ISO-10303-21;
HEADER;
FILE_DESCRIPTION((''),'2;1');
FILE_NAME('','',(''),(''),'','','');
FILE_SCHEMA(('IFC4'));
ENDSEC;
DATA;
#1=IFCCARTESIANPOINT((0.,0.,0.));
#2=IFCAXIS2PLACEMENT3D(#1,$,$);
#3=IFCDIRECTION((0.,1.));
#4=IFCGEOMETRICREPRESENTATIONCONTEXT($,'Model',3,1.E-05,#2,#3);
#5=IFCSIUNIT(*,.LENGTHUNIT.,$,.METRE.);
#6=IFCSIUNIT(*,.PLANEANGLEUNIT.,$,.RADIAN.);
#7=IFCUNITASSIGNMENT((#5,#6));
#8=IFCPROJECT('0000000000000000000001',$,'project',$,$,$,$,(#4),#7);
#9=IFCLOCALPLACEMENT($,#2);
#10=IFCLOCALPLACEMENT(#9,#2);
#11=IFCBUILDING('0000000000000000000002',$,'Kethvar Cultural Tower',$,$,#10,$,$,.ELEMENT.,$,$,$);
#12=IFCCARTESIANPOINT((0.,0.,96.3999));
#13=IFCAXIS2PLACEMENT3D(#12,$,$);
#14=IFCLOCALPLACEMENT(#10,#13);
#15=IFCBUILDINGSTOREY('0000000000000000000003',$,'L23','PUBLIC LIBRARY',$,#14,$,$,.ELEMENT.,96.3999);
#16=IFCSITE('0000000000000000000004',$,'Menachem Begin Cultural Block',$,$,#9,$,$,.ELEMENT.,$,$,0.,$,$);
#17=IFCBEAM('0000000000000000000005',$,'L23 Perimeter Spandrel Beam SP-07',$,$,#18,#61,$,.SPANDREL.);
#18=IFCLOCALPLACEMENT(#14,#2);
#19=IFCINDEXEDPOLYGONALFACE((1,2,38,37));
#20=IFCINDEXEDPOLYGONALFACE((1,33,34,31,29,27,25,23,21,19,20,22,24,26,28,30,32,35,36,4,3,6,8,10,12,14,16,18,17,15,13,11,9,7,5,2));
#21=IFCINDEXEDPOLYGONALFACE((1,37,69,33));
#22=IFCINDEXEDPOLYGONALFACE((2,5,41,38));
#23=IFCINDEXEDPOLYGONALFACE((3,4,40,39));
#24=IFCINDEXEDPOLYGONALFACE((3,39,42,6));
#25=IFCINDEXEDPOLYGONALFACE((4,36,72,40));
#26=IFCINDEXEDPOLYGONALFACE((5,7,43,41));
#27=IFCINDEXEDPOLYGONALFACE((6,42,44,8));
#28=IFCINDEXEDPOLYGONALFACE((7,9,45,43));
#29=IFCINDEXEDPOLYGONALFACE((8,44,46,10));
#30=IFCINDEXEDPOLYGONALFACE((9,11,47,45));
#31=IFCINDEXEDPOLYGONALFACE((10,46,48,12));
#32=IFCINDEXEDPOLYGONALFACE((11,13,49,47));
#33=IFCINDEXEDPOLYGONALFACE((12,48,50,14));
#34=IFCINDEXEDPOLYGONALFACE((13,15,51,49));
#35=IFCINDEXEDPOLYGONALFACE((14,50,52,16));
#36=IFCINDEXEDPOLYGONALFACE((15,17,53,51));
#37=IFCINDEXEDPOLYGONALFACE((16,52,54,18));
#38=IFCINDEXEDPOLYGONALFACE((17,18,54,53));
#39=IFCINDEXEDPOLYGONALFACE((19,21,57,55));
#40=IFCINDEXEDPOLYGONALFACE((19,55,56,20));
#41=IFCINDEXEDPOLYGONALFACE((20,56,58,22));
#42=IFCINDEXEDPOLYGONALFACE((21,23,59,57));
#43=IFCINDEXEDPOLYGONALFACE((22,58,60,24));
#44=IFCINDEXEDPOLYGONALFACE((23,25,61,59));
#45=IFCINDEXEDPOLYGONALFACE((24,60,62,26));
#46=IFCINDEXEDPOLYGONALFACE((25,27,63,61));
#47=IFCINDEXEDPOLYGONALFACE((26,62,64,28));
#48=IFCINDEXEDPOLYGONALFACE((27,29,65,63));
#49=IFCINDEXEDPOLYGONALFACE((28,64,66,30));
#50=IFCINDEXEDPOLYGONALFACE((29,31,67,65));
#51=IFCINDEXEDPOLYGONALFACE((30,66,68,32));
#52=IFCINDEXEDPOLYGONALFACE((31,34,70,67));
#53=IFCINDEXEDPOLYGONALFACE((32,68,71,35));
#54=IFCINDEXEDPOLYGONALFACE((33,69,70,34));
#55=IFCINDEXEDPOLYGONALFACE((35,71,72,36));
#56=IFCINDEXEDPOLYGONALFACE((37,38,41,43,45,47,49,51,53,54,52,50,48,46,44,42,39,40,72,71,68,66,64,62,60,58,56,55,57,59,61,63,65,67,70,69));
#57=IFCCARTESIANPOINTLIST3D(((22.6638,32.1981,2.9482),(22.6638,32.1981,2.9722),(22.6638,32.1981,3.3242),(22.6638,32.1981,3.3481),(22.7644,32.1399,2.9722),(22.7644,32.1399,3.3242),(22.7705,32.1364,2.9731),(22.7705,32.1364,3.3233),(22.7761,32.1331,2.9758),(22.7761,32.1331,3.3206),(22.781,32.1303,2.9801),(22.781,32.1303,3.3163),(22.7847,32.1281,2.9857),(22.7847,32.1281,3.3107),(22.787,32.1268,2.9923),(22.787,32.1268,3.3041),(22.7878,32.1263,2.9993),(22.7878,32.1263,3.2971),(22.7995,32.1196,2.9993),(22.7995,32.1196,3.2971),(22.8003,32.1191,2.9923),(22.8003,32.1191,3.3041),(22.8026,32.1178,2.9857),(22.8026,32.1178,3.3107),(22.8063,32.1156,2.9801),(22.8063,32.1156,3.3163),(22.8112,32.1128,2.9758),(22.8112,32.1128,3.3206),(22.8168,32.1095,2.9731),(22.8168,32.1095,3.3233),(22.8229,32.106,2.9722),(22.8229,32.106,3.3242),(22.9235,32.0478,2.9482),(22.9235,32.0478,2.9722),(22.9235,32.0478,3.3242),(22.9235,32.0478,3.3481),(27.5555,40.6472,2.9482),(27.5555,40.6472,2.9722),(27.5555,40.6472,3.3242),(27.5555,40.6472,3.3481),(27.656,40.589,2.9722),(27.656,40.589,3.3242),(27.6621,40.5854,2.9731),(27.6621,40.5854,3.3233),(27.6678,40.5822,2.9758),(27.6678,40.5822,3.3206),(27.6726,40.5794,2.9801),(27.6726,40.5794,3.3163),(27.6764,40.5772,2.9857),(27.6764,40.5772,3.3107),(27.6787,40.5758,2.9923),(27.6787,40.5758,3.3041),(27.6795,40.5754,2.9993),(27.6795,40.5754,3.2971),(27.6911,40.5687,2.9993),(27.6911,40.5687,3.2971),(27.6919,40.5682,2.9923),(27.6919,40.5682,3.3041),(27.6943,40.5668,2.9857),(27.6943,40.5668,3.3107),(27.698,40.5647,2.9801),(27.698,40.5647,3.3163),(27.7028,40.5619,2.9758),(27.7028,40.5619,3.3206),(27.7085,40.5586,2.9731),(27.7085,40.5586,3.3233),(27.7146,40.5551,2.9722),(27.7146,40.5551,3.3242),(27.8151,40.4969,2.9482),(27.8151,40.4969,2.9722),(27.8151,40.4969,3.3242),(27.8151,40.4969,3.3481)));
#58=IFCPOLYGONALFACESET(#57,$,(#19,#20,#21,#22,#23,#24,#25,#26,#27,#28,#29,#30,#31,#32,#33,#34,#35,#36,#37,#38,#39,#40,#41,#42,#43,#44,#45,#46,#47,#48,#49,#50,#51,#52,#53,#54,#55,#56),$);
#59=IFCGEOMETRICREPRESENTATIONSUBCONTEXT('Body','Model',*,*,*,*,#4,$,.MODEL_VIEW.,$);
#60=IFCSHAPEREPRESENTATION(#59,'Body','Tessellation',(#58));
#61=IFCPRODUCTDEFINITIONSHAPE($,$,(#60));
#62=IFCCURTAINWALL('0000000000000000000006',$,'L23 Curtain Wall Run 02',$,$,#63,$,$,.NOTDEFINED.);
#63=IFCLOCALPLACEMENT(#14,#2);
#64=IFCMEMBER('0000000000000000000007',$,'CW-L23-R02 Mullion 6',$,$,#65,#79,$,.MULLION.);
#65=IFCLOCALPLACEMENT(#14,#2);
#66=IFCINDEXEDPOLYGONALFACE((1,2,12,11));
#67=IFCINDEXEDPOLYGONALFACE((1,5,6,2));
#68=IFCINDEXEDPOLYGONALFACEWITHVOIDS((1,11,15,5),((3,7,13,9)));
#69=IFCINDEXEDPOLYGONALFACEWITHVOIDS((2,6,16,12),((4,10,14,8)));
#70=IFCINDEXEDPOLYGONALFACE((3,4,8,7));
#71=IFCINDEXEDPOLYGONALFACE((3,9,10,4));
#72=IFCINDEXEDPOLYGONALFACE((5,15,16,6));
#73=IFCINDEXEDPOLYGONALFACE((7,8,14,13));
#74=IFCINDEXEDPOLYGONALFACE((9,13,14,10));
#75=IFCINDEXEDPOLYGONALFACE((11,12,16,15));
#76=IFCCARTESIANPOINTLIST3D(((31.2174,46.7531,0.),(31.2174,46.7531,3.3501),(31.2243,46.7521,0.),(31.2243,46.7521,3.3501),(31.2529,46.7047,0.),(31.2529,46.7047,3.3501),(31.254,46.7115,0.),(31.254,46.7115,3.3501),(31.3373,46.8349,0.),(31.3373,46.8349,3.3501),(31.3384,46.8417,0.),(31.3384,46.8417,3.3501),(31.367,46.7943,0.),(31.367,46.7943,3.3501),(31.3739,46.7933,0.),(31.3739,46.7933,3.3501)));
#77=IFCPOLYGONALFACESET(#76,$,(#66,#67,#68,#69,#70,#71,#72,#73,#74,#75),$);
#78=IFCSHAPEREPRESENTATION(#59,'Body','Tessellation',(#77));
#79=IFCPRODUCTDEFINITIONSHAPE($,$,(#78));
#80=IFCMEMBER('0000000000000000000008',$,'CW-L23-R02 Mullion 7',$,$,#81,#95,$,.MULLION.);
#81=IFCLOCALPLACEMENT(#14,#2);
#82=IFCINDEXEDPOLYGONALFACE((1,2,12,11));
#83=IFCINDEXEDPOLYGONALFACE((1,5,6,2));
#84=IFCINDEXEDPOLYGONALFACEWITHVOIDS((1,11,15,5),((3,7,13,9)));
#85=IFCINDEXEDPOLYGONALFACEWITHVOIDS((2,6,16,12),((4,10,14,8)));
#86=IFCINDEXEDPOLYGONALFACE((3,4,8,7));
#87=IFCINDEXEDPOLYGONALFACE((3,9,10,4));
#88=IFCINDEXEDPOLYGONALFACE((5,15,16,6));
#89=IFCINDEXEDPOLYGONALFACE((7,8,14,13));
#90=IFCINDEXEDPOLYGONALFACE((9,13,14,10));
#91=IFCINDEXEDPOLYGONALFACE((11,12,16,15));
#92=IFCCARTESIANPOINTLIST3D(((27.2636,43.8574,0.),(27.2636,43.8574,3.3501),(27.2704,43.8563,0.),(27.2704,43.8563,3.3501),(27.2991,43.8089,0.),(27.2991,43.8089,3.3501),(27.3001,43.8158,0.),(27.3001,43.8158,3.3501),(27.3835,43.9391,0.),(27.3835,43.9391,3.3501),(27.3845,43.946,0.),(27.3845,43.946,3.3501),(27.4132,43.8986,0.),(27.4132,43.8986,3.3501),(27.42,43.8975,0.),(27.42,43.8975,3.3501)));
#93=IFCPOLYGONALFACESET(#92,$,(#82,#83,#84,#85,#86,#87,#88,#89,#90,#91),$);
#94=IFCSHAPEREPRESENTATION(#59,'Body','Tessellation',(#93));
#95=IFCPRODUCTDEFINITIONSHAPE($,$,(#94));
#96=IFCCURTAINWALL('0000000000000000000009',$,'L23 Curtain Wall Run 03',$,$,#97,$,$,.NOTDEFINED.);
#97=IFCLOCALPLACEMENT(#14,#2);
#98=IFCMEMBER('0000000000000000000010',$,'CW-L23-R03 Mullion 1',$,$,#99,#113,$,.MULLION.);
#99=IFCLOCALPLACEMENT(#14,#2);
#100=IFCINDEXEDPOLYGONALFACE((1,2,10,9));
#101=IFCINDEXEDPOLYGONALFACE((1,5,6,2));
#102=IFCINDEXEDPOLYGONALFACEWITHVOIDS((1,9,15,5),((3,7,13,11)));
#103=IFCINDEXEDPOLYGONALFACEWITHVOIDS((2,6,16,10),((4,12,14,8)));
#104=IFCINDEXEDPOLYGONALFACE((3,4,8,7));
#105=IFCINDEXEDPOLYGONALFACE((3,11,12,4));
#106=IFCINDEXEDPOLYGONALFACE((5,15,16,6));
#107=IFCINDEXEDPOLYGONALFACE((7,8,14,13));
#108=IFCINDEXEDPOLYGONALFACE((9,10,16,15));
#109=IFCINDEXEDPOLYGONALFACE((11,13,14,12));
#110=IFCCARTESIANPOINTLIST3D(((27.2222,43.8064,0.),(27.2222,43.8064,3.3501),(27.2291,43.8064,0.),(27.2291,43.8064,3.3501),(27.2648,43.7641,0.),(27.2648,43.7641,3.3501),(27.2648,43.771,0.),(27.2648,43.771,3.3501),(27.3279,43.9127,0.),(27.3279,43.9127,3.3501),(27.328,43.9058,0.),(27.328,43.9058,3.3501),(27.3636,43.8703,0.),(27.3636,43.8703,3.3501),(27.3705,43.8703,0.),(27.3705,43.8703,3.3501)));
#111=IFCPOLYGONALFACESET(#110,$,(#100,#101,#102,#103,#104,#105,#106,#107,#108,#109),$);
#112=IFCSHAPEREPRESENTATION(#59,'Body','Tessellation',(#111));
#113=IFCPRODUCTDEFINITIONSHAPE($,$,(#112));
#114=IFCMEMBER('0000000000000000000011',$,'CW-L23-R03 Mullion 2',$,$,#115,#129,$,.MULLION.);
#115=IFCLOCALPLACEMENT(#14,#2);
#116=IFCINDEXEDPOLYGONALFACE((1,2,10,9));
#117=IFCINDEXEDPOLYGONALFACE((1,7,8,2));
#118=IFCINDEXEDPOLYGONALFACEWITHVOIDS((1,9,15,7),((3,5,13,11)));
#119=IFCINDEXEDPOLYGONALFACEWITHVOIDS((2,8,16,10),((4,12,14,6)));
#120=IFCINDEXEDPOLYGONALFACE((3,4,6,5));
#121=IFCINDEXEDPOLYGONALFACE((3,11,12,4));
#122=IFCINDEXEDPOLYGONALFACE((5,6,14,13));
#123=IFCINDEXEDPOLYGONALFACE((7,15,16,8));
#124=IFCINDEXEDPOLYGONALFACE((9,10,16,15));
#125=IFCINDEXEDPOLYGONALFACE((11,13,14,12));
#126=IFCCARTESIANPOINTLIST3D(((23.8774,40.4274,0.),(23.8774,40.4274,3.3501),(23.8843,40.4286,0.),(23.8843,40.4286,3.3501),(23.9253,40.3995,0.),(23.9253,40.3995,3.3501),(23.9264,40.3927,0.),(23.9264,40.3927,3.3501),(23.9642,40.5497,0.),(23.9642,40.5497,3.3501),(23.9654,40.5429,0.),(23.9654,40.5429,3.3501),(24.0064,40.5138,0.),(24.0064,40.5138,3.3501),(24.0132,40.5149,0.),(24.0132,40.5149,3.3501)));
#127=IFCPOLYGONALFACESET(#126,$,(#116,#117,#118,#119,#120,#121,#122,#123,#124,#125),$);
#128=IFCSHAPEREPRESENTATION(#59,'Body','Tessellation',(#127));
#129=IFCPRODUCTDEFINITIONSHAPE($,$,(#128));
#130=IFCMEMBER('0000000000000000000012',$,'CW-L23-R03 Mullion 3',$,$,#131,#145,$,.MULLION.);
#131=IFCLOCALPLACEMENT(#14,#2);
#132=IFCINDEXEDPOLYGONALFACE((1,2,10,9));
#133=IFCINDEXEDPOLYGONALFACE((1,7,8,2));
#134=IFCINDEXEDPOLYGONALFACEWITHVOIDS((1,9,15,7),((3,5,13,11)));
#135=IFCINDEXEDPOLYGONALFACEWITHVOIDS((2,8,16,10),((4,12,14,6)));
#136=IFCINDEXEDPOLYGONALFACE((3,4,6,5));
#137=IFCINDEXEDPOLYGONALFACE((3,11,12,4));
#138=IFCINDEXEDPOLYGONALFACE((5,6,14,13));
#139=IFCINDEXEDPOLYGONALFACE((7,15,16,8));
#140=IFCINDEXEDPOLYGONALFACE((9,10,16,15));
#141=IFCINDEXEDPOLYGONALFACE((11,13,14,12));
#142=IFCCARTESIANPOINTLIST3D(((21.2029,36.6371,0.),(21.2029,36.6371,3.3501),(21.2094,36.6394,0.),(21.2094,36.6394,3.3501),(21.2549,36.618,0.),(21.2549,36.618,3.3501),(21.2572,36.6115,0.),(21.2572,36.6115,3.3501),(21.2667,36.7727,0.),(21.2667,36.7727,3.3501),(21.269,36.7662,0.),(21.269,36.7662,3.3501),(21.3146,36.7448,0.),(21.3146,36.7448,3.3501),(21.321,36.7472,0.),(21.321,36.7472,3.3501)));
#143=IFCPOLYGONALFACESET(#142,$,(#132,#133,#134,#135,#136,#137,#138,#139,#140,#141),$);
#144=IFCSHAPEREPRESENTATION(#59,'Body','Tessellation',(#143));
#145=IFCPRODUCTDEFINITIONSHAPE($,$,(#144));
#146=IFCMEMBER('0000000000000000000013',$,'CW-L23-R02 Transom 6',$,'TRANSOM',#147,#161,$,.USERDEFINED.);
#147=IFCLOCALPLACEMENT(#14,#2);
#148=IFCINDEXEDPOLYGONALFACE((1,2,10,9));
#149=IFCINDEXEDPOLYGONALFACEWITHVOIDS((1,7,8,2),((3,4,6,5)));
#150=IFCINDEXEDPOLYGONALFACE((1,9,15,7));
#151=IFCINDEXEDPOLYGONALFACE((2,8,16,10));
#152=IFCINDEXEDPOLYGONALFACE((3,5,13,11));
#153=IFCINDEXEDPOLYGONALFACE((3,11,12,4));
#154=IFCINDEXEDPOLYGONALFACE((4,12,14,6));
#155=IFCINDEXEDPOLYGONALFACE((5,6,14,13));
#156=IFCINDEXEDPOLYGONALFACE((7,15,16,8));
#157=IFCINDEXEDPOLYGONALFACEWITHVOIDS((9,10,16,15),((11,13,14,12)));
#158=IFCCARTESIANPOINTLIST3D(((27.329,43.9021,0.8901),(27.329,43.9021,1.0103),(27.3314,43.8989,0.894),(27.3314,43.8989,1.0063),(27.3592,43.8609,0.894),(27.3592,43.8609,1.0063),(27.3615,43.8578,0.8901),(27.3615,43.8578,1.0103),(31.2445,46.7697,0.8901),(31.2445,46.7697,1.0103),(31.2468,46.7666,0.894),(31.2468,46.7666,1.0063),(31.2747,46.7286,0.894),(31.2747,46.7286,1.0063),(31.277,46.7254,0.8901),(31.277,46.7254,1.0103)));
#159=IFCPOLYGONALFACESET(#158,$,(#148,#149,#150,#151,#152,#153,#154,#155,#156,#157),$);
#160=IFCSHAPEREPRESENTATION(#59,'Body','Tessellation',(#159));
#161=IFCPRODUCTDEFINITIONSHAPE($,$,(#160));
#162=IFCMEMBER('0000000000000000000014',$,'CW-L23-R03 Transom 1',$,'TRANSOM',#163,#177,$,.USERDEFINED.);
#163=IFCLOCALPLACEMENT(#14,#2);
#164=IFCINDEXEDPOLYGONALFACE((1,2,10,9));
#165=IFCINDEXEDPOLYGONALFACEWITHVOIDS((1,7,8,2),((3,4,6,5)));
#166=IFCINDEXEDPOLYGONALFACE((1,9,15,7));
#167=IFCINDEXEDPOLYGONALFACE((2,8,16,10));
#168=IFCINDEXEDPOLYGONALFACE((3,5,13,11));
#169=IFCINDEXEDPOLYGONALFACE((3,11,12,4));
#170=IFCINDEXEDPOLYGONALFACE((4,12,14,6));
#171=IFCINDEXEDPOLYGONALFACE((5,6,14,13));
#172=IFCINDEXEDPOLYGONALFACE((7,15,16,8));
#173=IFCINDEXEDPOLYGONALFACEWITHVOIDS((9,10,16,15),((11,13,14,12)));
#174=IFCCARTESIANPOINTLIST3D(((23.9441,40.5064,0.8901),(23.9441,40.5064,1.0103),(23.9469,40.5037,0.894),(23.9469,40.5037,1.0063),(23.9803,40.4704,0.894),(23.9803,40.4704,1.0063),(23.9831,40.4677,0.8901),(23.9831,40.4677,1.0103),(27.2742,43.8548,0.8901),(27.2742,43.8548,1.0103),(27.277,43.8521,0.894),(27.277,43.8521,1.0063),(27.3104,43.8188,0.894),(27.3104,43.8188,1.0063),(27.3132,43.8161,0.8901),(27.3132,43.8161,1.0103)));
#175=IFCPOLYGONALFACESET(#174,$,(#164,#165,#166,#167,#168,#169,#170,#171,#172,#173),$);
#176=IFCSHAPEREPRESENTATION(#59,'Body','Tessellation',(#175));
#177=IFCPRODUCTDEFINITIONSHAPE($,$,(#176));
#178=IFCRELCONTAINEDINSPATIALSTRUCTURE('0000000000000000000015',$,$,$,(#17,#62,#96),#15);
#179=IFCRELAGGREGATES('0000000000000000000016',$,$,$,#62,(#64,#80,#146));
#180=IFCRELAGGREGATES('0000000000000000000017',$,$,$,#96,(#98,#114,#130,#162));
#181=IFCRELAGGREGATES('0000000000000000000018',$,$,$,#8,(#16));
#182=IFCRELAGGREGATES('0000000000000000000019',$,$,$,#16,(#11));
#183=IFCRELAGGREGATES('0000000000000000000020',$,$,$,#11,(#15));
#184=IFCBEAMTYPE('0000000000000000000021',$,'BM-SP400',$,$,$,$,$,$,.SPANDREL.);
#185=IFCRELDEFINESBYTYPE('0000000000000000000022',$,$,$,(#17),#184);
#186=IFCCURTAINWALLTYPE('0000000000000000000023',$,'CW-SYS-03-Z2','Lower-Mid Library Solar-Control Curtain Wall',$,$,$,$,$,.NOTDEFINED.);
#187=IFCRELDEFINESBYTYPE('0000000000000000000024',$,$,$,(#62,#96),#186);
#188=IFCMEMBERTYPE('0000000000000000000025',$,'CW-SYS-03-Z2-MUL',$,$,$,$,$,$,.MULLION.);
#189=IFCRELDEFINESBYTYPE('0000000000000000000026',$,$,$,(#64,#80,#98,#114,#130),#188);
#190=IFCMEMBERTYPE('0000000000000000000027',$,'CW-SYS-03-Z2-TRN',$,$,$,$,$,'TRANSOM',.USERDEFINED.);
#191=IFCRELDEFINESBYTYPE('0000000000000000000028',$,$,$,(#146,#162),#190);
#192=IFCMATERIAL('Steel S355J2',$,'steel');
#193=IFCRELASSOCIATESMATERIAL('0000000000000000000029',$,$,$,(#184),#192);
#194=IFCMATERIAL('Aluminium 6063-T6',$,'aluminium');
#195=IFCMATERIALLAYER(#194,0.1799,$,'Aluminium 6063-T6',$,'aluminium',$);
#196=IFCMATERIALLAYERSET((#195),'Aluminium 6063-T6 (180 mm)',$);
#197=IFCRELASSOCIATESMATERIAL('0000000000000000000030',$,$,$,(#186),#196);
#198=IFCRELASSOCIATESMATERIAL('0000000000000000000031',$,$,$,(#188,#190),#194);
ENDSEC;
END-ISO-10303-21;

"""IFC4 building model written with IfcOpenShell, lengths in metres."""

from ifc_helpers import new_model, si_unit, direction, frame, origin, origin_2d, place, context, subcontext, project, spatial, hollow_rectangle, i_section, extrude, source, transform, mapped, material, layer, layer_set, material_profile, profile_set, type_object, element, aggregate, save


model = new_model("IFC4")

# Units and contexts
model_context = context("Model", 3, precision=1e-05, world=origin(), true_north=direction((0.0, 1.0)))
body_context = subcontext(model_context, "Body", "Model", "MODEL_VIEW")
ifc_project = project(units=[si_unit("LENGTHUNIT", "METRE"), si_unit("PLANEANGLEUNIT", "RADIAN")], contexts=[model_context])

# Site, building, storey
site_placement = place(None, origin())
site = spatial("IfcSite", under=ifc_project, at=site_placement, Name="Menachem Begin Cultural Block", CompositionType="ELEMENT", RefElevation=0.0)
building_placement = place(site_placement, origin())
building = spatial("IfcBuilding", under=site, at=building_placement, Name="Kethvar Cultural Tower", CompositionType="ELEMENT")
storey_placement = place(building_placement, frame((0.0, 0.0, 96.3999)))
storey = spatial("IfcBuildingStorey", under=building, at=storey_placement, Name="L23", Description="PUBLIC LIBRARY", CompositionType="ELEMENT", Elevation=96.3999)

# Beam
ifc_material_1 = material(Name="Steel S355J2", Category="steel")
ifc_material_profile_1 = material_profile(ifc_material_1, i_section(OverallWidth=0.3, OverallDepth=0.3999, WebThickness=0.0134, FlangeThickness=0.0239, FilletRadius=0.0271, at=origin_2d()), Name="Steel S355J2 — HEB400")
ifc_profile_set_1 = profile_set([ifc_material_profile_1], Name="Steel S355J2 — HEB400")
beam_type_1 = type_object("IfcBeamType", Name="BM-SP400", PredefinedType="SPANDREL", material=ifc_profile_set_1)
shared_shape_1 = source(origin(), body_context, "Body", "SweptSolid", [
    extrude(i_section(OverallWidth=0.3, OverallDepth=0.3999, WebThickness=0.0134, FlangeThickness=0.0239, FilletRadius=0.0271, at=origin_2d()), origin(), (0.0, 0.0, 1.0), 9.7629),
])
beam_1_placement = place(storey_placement, frame((27.6853, 40.572, 3.1482), z_axis=(-0.501043, -0.865422, 0.0), x_axis=(0.865422, -0.501043, 0.0)))
element("IfcBeam", 1, at=beam_1_placement, inside=storey, type_object=beam_type_1, Name="L23 Perimeter Spandrel Beam SP-07", PredefinedType="SPANDREL", context=body_context, shape_type="MappedRepresentation", body=[
    mapped(shared_shape_1, transform((0.0, 0.0, 0.0), scale=1.0)),
])

# Curtain walls, members
ifc_material_2 = material(Name="Aluminium 6063-T6", Category="aluminium")
ifc_layer_1 = layer(ifc_material_2, 0.1799, Name="Aluminium 6063-T6", Category="aluminium")
ifc_layer_set_1 = layer_set([ifc_layer_1], Name="Aluminium 6063-T6 (180 mm)")
curtain_wall_type = type_object("IfcCurtainWallType", Name="CW-SYS-03-Z2", Description="Lower-Mid Library Solar-Control Curtain Wall", PredefinedType="NOTDEFINED", material=ifc_layer_set_1)
curtain_wall_1_placement = place(storey_placement, origin())
curtain_wall_1 = element("IfcCurtainWall", 2, at=curtain_wall_1_placement, inside=storey, type_object=curtain_wall_type, Name="L23 Curtain Wall Run 02", PredefinedType="NOTDEFINED")
ifc_material_profile_2 = material_profile(ifc_material_2, hollow_rectangle(XDim=0.0601, YDim=0.1499, WallThickness=0.0049, at=origin_2d()), Name="Aluminium 6063-T6 — RHS150x60x5")
ifc_profile_set_2 = profile_set([ifc_material_profile_2], Name="Aluminium 6063-T6 — RHS150x60x5")
member_type_1 = type_object("IfcMemberType", Name="CW-SYS-03-Z2-MUL", PredefinedType="MULLION", material=ifc_profile_set_2)
shared_shape_2 = source(origin(), body_context, "Body", "SweptSolid", [
    extrude(hollow_rectangle(XDim=0.0601, YDim=0.1499, WallThickness=0.0049, at=origin_2d()), origin(), (0.0, 0.0, 1.0), 3.3501),
])
member_1_placement = place(storey_placement, frame((31.2957, 46.7732, 0.0), z_axis=(0.0, 0.0, 1.0), x_axis=(0.590873, -0.806764, 0.0)))
member_1 = element("IfcMember", 3, at=member_1_placement, type_object=member_type_1, Name="CW-L23-R02 Mullion 6", PredefinedType="MULLION", context=body_context, shape_type="MappedRepresentation", body=[
    mapped(shared_shape_2, transform((0.0, 0.0, 0.0), scale=1.0)),
])
member_2_placement = place(storey_placement, frame((27.3418, 43.8774, 0.0), z_axis=(0.0, 0.0, 1.0), x_axis=(0.590873, -0.806764, 0.0)))
member_2 = element("IfcMember", 4, at=member_2_placement, type_object=member_type_1, Name="CW-L23-R02 Mullion 7", PredefinedType="MULLION", context=body_context, shape_type="MappedRepresentation", body=[
    mapped(shared_shape_2, transform((0.0, 0.0, 0.0), scale=1.0)),
])
curtain_wall_2_placement = place(storey_placement, origin())
curtain_wall_2 = element("IfcCurtainWall", 5, at=curtain_wall_2_placement, inside=storey, type_object=curtain_wall_type, Name="L23 Curtain Wall Run 03", PredefinedType="NOTDEFINED")
member_3_placement = place(storey_placement, frame((27.2964, 43.8384, 0.0), z_axis=(0.0, 0.0, 1.0), x_axis=(0.709042, -0.705167, 0.0)))
member_3 = element("IfcMember", 6, at=member_3_placement, type_object=member_type_1, Name="CW-L23-R03 Mullion 1", PredefinedType="MULLION", context=body_context, shape_type="MappedRepresentation", body=[
    mapped(shared_shape_2, transform((0.0, 0.0, 0.0), scale=1.0)),
])
member_4_placement = place(storey_placement, frame((23.9453, 40.4712, 0.0), z_axis=(0.0, 0.0, 1.0), x_axis=(0.815562, -0.578669, 0.0)))
member_4 = element("IfcMember", 7, at=member_4_placement, type_object=member_type_1, Name="CW-L23-R03 Mullion 2", PredefinedType="MULLION", context=body_context, shape_type="MappedRepresentation", body=[
    mapped(shared_shape_2, transform((0.0, 0.0, 0.0), scale=1.0)),
])
member_5_placement = place(storey_placement, frame((21.262, 36.6921, 0.0), z_axis=(0.0, 0.0, 1.0), x_axis=(0.904812, -0.425811, 0.0)))
member_5 = element("IfcMember", 8, at=member_5_placement, type_object=member_type_1, Name="CW-L23-R03 Mullion 3", PredefinedType="MULLION", context=body_context, shape_type="MappedRepresentation", body=[
    mapped(shared_shape_2, transform((0.0, 0.0, 0.0), scale=1.0)),
])

# Members
ifc_material_profile_3 = material_profile(ifc_material_2, hollow_rectangle(XDim=0.0549, YDim=0.1201, WallThickness=0.0039, at=origin_2d()), Name="Aluminium 6063-T6 — RHS120x55x4")
ifc_profile_set_3 = profile_set([ifc_material_profile_3], Name="Aluminium 6063-T6 — RHS120x55x4")
member_type_2 = type_object("IfcMemberType", Name="CW-SYS-03-Z2-TRN", ElementType="TRANSOM", PredefinedType="USERDEFINED", material=ifc_profile_set_3)
shared_shape_3 = source(origin(), body_context, "Body", "SweptSolid", [
    extrude(hollow_rectangle(XDim=0.0549, YDim=0.1201, WallThickness=0.0039, at=origin_2d()), origin(), (0.0, 0.0, 1.0), 4.8533),
])
member_6_placement = place(storey_placement, frame((31.2607, 46.7476, 0.9502), z_axis=(-0.806769, -0.590866, 0.0), x_axis=(0.590866, -0.806769, 0.0)))
member_6 = element("IfcMember", 9, at=member_6_placement, type_object=member_type_2, Name="CW-L23-R02 Transom 6", ObjectType="TRANSOM", PredefinedType="USERDEFINED", context=body_context, shape_type="MappedRepresentation", body=[
    mapped(shared_shape_3, transform((0.0, 0.0, 0.0), scale=1.0)),
])
shared_shape_4 = source(origin(), body_context, "Body", "SweptSolid", [
    extrude(hollow_rectangle(XDim=0.0549, YDim=0.1201, WallThickness=0.0039, at=origin_2d()), origin(), (0.0, 0.0, 1.0), 4.7224),
])
member_7_placement = place(storey_placement, frame((27.2937, 43.8354, 0.9502), z_axis=(-0.705165, -0.709043, 0.0), x_axis=(0.709043, -0.705165, 0.0)))
member_7 = element("IfcMember", 10, at=member_7_placement, type_object=member_type_2, Name="CW-L23-R03 Transom 1", ObjectType="TRANSOM", PredefinedType="USERDEFINED", context=body_context, shape_type="MappedRepresentation", body=[
    mapped(shared_shape_4, transform((0.0, 0.0, 0.0), scale=1.0)),
])

aggregate(curtain_wall_1, [member_1, member_2, member_6])
aggregate(curtain_wall_2, [member_3, member_4, member_5, member_7])

save(model, "model.ifc")
